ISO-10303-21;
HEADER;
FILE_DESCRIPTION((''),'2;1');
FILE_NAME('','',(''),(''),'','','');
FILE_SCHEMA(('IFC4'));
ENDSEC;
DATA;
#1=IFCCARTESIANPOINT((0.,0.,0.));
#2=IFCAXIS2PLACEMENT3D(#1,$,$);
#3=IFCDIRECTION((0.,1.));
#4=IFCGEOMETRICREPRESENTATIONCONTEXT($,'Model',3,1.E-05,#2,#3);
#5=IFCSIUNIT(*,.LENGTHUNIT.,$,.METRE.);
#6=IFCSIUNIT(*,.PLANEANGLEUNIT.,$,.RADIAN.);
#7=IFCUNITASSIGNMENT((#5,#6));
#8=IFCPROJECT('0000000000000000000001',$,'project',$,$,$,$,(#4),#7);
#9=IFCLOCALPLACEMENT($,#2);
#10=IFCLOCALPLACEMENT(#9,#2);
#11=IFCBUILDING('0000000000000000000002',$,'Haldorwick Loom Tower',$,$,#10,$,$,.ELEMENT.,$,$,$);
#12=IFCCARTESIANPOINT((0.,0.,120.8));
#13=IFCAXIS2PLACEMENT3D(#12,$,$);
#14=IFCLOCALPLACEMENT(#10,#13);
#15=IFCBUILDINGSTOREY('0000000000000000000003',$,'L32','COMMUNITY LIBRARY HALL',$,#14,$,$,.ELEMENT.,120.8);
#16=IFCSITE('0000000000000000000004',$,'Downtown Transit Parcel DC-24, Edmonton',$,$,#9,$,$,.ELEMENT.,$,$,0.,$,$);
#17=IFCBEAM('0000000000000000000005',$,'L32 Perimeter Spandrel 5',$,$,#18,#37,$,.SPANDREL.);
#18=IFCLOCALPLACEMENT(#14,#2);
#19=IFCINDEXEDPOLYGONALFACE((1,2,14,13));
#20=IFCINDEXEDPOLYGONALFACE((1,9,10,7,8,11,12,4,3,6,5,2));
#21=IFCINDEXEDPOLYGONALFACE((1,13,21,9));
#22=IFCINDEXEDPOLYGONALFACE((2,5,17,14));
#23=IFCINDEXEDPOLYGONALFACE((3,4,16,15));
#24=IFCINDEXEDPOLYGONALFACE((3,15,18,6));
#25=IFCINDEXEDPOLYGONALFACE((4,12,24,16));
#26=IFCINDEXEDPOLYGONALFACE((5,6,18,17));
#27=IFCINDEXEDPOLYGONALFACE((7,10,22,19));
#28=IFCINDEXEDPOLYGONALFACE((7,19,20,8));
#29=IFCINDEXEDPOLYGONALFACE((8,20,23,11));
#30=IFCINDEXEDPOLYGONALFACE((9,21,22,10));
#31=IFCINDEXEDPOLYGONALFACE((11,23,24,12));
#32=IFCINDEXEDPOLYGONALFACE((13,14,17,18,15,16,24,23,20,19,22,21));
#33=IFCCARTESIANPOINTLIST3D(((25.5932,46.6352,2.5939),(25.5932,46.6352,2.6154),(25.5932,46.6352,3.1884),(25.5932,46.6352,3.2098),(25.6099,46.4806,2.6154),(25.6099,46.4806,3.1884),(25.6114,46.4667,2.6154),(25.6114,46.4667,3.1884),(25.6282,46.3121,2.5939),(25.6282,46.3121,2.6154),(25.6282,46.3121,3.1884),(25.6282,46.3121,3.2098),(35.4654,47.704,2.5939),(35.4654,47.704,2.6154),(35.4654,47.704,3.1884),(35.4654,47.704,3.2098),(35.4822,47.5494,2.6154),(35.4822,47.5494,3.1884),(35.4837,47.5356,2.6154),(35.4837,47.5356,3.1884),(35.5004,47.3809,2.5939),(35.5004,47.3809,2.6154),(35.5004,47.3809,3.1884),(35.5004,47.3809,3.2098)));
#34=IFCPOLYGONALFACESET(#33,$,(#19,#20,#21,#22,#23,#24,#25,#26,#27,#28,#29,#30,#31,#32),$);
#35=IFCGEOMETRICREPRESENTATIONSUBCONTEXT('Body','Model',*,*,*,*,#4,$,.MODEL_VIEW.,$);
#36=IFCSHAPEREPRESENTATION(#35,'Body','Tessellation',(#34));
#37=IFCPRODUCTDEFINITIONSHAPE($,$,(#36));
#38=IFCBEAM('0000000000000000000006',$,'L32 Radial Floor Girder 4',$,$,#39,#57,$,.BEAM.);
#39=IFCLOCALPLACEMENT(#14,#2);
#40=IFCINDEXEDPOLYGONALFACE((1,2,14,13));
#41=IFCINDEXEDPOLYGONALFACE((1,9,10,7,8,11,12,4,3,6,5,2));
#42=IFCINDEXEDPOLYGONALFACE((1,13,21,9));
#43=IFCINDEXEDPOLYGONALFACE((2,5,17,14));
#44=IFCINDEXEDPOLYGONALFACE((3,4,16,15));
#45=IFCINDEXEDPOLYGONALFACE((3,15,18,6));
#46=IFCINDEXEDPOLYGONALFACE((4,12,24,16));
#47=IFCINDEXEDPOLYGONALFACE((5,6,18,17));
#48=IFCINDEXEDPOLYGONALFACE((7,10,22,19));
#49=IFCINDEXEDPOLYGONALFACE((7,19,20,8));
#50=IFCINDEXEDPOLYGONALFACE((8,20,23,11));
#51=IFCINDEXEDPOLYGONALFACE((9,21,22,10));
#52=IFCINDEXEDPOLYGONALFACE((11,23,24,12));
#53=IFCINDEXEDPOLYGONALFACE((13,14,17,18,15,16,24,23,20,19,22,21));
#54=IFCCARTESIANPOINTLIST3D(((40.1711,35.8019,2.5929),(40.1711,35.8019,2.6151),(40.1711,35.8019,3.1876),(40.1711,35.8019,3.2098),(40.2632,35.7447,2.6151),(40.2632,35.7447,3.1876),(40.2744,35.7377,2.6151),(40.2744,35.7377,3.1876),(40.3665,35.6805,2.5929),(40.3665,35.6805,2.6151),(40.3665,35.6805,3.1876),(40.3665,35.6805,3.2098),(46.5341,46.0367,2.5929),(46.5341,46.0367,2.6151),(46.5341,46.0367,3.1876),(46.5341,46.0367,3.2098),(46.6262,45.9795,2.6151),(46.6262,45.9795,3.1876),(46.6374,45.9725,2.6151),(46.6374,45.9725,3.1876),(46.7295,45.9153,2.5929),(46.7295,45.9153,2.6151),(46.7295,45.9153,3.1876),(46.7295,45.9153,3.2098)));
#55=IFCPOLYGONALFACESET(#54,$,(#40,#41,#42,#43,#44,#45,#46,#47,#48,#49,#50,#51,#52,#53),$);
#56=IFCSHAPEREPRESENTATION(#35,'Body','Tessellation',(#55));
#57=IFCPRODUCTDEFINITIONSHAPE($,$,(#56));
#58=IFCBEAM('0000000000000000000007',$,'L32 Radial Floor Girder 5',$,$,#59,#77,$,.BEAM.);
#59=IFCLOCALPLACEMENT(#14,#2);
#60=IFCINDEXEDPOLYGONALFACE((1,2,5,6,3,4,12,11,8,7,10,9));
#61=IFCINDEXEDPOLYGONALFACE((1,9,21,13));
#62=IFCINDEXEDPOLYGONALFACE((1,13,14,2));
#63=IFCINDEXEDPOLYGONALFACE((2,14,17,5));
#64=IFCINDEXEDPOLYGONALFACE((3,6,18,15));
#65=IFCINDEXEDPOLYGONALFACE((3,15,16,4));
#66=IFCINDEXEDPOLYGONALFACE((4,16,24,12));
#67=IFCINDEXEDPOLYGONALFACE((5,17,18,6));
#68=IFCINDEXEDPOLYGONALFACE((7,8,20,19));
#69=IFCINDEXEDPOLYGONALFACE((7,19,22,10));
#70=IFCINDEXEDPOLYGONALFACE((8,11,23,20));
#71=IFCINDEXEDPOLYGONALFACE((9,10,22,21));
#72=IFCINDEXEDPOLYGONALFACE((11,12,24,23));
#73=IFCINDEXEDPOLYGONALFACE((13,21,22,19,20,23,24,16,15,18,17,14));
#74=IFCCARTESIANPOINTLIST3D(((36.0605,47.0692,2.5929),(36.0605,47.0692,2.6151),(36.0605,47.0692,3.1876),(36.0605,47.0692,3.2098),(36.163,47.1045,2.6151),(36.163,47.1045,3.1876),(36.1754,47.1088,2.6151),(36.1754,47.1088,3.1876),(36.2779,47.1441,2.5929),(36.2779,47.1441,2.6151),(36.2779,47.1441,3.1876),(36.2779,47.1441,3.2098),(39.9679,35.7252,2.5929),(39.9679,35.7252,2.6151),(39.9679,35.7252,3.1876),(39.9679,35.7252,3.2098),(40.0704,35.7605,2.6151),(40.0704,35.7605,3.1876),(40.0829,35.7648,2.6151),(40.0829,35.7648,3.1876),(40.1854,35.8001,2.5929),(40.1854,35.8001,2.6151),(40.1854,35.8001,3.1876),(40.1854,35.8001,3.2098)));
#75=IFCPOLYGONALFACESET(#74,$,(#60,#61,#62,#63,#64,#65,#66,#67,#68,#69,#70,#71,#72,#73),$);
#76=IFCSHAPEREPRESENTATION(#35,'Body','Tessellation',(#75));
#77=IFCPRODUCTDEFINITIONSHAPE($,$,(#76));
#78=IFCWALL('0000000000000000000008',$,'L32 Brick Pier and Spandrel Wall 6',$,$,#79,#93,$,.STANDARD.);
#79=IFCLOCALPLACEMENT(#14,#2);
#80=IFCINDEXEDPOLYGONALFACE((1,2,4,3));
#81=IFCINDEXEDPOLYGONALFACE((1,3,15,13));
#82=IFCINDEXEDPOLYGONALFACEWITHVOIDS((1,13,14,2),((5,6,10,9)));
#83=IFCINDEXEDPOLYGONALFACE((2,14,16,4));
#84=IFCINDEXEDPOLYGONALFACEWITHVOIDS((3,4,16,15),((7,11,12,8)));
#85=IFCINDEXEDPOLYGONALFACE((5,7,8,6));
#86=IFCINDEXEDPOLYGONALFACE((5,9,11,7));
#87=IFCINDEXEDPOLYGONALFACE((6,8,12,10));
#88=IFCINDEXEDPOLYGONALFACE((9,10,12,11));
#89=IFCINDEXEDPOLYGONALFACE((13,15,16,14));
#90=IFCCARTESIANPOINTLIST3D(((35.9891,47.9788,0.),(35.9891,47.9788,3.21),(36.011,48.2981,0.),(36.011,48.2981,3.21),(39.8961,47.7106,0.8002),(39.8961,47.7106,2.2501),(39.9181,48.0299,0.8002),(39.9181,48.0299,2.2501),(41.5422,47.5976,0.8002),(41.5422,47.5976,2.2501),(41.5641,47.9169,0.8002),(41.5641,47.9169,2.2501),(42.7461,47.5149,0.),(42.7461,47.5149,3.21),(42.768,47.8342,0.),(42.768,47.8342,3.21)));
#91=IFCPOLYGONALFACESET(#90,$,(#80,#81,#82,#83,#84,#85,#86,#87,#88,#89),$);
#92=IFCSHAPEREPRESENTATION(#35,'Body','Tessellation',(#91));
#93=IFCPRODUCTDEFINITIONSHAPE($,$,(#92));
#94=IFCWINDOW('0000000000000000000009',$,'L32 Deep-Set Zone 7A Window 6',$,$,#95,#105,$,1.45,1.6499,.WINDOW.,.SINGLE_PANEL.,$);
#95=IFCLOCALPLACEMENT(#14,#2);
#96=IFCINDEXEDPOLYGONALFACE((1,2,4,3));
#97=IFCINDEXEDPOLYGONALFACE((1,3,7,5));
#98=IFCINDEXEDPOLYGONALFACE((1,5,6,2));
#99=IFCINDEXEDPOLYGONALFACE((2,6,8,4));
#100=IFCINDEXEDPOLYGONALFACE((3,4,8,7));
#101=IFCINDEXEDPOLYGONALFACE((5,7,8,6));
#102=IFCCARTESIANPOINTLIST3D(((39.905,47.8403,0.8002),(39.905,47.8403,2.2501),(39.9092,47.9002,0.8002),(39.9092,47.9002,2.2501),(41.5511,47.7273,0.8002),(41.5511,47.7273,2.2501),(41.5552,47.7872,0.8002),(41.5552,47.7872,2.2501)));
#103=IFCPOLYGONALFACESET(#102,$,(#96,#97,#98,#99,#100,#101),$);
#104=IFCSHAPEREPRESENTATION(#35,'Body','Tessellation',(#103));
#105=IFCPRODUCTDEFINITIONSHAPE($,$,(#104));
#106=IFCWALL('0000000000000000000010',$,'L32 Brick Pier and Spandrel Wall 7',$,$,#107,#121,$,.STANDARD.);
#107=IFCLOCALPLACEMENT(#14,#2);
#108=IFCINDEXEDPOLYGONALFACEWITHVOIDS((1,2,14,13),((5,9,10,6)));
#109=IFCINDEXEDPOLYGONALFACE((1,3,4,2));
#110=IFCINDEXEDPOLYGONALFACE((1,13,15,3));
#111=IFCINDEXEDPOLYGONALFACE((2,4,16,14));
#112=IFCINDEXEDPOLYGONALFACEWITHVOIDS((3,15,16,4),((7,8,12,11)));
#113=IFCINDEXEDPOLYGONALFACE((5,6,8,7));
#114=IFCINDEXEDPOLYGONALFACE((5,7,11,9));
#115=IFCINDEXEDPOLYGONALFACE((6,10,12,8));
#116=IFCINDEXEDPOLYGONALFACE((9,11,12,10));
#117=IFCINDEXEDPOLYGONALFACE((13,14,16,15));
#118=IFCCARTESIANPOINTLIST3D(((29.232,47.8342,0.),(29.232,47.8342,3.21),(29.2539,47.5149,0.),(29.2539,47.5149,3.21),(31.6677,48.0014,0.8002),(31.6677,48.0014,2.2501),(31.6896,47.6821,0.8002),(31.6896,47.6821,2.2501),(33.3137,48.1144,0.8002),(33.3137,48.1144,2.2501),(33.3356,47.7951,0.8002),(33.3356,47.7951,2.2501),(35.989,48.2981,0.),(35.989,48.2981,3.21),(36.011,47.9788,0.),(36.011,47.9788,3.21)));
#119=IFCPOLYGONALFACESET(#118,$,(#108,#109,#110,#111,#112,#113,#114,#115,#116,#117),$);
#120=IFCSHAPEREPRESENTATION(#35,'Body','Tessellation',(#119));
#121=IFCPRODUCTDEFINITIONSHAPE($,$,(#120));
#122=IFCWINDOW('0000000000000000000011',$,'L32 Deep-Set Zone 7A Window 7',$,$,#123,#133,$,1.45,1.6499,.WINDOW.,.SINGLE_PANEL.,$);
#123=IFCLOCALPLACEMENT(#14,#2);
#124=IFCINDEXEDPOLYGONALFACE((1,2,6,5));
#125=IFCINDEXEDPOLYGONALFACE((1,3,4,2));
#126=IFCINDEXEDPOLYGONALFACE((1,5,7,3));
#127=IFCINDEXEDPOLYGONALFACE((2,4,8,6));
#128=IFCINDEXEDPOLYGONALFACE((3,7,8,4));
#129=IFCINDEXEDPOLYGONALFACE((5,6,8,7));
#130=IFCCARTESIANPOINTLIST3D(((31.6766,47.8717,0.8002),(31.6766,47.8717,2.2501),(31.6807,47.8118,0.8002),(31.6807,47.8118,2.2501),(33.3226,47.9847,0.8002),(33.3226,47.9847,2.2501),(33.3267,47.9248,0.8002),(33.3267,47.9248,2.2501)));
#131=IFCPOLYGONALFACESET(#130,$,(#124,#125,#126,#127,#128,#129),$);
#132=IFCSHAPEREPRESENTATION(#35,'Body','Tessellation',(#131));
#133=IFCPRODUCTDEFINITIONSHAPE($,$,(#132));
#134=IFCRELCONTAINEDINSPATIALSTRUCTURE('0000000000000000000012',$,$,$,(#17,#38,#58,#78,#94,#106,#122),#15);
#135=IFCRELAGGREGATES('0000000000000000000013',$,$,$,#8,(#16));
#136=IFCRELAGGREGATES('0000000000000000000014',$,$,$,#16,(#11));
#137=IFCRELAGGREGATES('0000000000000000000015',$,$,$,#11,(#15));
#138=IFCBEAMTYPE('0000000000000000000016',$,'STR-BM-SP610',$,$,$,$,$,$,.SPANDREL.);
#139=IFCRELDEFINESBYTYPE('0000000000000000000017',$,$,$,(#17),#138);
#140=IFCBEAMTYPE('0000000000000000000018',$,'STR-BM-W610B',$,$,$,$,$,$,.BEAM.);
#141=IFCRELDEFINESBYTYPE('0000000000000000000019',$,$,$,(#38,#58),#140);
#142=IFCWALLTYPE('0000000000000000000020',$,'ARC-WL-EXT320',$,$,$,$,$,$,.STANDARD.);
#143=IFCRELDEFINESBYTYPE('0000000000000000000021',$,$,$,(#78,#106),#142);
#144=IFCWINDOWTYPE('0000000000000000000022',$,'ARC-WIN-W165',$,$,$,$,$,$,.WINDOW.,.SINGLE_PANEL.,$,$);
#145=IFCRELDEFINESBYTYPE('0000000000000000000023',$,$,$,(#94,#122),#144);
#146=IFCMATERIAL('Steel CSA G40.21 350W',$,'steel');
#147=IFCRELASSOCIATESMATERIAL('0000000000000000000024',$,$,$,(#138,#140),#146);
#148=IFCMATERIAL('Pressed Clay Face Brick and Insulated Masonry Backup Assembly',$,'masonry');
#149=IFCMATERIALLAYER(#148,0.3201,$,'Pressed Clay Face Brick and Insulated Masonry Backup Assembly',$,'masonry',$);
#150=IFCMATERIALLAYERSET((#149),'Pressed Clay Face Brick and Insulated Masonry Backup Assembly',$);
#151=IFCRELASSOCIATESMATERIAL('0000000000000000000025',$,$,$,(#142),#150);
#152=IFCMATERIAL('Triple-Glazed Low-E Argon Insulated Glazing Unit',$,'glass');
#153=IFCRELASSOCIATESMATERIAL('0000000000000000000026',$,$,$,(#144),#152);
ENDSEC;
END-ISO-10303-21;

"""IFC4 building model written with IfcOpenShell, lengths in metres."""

from ifc_helpers import new_model, si_unit, direction, frame, frame_2d, origin, origin_2d, place, context, subcontext, project, spatial, rectangle, i_section, extrude, material, layer, layer_set, material_profile, profile_set, type_object, element, fill, save


model = new_model("IFC4")

# Units and contexts
model_context = context("Model", 3, precision=1e-05, world=origin(), true_north=direction((0.0, 1.0)))
body_context = subcontext(model_context, "Body", "Model", "MODEL_VIEW")
ifc_project = project(units=[si_unit("LENGTHUNIT", "METRE"), si_unit("PLANEANGLEUNIT", "RADIAN")], contexts=[model_context])

# Site, building, storey
site_placement = place(None, origin())
site = spatial("IfcSite", under=ifc_project, at=site_placement, Name="Downtown Transit Parcel DC-24, Edmonton", CompositionType="ELEMENT", RefElevation=0.0)
building_placement = place(site_placement, origin())
building = spatial("IfcBuilding", under=site, at=building_placement, Name="Haldorwick Loom Tower", CompositionType="ELEMENT")
storey_placement = place(building_placement, frame((0.0, 0.0, 120.8)))
storey = spatial("IfcBuildingStorey", under=building, at=storey_placement, Name="L32", Description="COMMUNITY LIBRARY HALL", CompositionType="ELEMENT", Elevation=120.8)

# Beams
ifc_material_1 = material(Name="Steel CSA G40.21 350W", Category="steel")
ifc_material_profile_1 = material_profile(ifc_material_1, i_section(OverallWidth=0.325, OverallDepth=0.616, WebThickness=0.0139, FlangeThickness=0.0215, at=origin_2d()), Name="W610X174", Category="steel")
ifc_profile_set_1 = profile_set([ifc_material_profile_1], Name="Steel CSA G40.21 350W")
beam_type_1 = type_object("IfcBeamType", Name="STR-BM-SP610", PredefinedType="SPANDREL", material=ifc_profile_set_1)
for number, where, z_axis, x_axis, name in (
    (1, (35.4829, 47.5425, 2.9019), (-0.99419, -0.107638, 0.0), (0.107638, -0.99419, 0.0), "L32 Perimeter Spandrel 5"),
):
    element("IfcBeam", number, at=place(storey_placement, frame(where, z_axis=z_axis, x_axis=x_axis)), inside=storey, type_object=beam_type_1, Name=name, PredefinedType="SPANDREL", context=body_context, shape_type="SweptSolid", body=[
        extrude(i_section(OverallWidth=0.325, OverallDepth=0.616, WebThickness=0.0139, FlangeThickness=0.0215, at=origin_2d()), origin(), (0.0, 0.0, 1.0), 9.9299),
    ])
ifc_material_profile_2 = material_profile(ifc_material_1, i_section(OverallWidth=0.23, OverallDepth=0.6169, WebThickness=0.0132, FlangeThickness=0.0222, at=origin_2d()), Name="W610X140", Category="steel")
ifc_profile_set_2 = profile_set([ifc_material_profile_2], Name="Steel CSA G40.21 350W")
beam_type_2 = type_object("IfcBeamType", Name="STR-BM-W610B", PredefinedType="BEAM", material=ifc_profile_set_2)
beam_1_placement = place(storey_placement, frame((40.2688, 35.7412, 2.9014), z_axis=(0.527983, 0.849255, 0.0), x_axis=(-0.849255, 0.527983, 0.0)))
element("IfcBeam", 2, at=beam_1_placement, inside=storey, type_object=beam_type_2, Name="L32 Radial Floor Girder 4", PredefinedType="BEAM", context=body_context, shape_type="SweptSolid", body=[
    extrude(i_section(OverallWidth=0.23, OverallDepth=0.6169, WebThickness=0.0132, FlangeThickness=0.0222, at=origin_2d()), origin(), (0.0, 0.0, 1.0), 12.0515),
])
beam_2_placement = place(storey_placement, frame((40.0767, 35.7627, 2.9014), z_axis=(-0.325674, 0.945482, 0.0), x_axis=(-0.945482, -0.325674, 0.0)))
element("IfcBeam", 3, at=beam_2_placement, inside=storey, type_object=beam_type_2, Name="L32 Radial Floor Girder 5", PredefinedType="BEAM", context=body_context, shape_type="SweptSolid", body=[
    extrude(i_section(OverallWidth=0.23, OverallDepth=0.6169, WebThickness=0.0132, FlangeThickness=0.0222, at=origin_2d()), origin(), (0.0, 0.0, 1.0), 11.998),
])

# Walls, openings, windows
ifc_material_2 = material(Name="Pressed Clay Face Brick and Insulated Masonry Backup Assembly", Category="masonry")
ifc_layer = layer(ifc_material_2, 0.3201, Name="Pressed Clay Face Brick and Insulated Masonry Backup Assembly", Category="masonry")
ifc_layer_set = layer_set([ifc_layer], Name="Pressed Clay Face Brick and Insulated Masonry Backup Assembly")
wall_type = type_object("IfcWallType", Name="ARC-WL-EXT320", PredefinedType="STANDARD", material=ifc_layer_set)
wall_1_placement = place(storey_placement, frame((42.7571, 47.6746, 0.0), z_axis=(0.0, 0.0, 1.0), x_axis=(-0.997652, 0.068488, 0.0)))
wall_1 = element("IfcWall", 4, at=wall_1_placement, inside=storey, type_object=wall_type, Name="L32 Brick Pier and Spandrel Wall 6", PredefinedType="STANDARD", context=body_context, shape_type="SweptSolid", body=[
    extrude(rectangle(XDim=6.7729, YDim=0.3201, at=frame_2d((3.3865, 0.0))), origin(), (0.0, 0.0, 1.0), 3.21),
])
opening_1_placement = place(wall_1_placement, frame((1.2068, 0.0, 0.8)))
opening_1 = element("IfcOpeningElement", 5, at=opening_1_placement, cuts=wall_1, PredefinedType="OPENING", context=body_context, shape_type="SweptSolid", body=[
    extrude(rectangle(XDim=1.6499, YDim=1.45, at=frame_2d((0.825, 0.7251))), frame((0.0, 0.1699, 0.0), z_axis=(0.0, -1.0, 0.0), x_axis=(1.0, 0.0, 0.0)), (0.0, 0.0, 1.0), 0.3401),
])
ifc_material_3 = material(Name="Triple-Glazed Low-E Argon Insulated Glazing Unit", Category="glass")
window_type = type_object("IfcWindowType", Name="ARC-WIN-W165", PartitioningType="SINGLE_PANEL", PredefinedType="WINDOW", material=ifc_material_3)
window_1_placement = place(opening_1_placement, origin())
window_1 = element("IfcWindow", 6, at=window_1_placement, inside=storey, type_object=window_type, Name="L32 Deep-Set Zone 7A Window 6", OverallHeight=1.45, OverallWidth=1.6499, PartitioningType="SINGLE_PANEL", PredefinedType="WINDOW", context=body_context, shape_type="SweptSolid", body=[
    extrude(rectangle(XDim=1.6499, YDim=1.45, at=frame_2d((0.825, 0.7251))), frame((0.0, 0.03, 0.0), z_axis=(0.0, -1.0, 0.0), x_axis=(1.0, 0.0, 0.0)), (0.0, 0.0, 1.0), 0.0601),
])
fill(opening_1, window_1)
wall_2_placement = place(storey_placement, frame((36.0, 48.1384, 0.0), z_axis=(0.0, 0.0, 1.0), x_axis=(-0.997652, -0.068488, 0.0)))
wall_2 = element("IfcWall", 7, at=wall_2_placement, inside=storey, type_object=wall_type, Name="L32 Brick Pier and Spandrel Wall 7", PredefinedType="STANDARD", context=body_context, shape_type="SweptSolid", body=[
    extrude(rectangle(XDim=6.7729, YDim=0.3201, at=frame_2d((3.3865, 0.0))), origin(), (0.0, 0.0, 1.0), 3.21),
])
opening_2_placement = place(wall_2_placement, frame((2.6816, 0.0, 0.8)))
opening_2 = element("IfcOpeningElement", 8, at=opening_2_placement, cuts=wall_2, PredefinedType="OPENING", context=body_context, shape_type="SweptSolid", body=[
    extrude(rectangle(XDim=1.6499, YDim=1.45, at=frame_2d((0.825, 0.7251))), frame((0.0, 0.1699, 0.0), z_axis=(0.0, -1.0, 0.0), x_axis=(1.0, 0.0, 0.0)), (0.0, 0.0, 1.0), 0.3401),
])
window_2_placement = place(opening_2_placement, origin())
window_2 = element("IfcWindow", 9, at=window_2_placement, inside=storey, type_object=window_type, Name="L32 Deep-Set Zone 7A Window 7", OverallHeight=1.45, OverallWidth=1.6499, PartitioningType="SINGLE_PANEL", PredefinedType="WINDOW", context=body_context, shape_type="SweptSolid", body=[
    extrude(rectangle(XDim=1.6499, YDim=1.45, at=frame_2d((0.825, 0.7251))), frame((0.0, 0.03, 0.0), z_axis=(0.0, -1.0, 0.0), x_axis=(1.0, 0.0, 0.0)), (0.0, 0.0, 1.0), 0.0601),
])
fill(opening_2, window_2)

save(model, "model.ifc")
